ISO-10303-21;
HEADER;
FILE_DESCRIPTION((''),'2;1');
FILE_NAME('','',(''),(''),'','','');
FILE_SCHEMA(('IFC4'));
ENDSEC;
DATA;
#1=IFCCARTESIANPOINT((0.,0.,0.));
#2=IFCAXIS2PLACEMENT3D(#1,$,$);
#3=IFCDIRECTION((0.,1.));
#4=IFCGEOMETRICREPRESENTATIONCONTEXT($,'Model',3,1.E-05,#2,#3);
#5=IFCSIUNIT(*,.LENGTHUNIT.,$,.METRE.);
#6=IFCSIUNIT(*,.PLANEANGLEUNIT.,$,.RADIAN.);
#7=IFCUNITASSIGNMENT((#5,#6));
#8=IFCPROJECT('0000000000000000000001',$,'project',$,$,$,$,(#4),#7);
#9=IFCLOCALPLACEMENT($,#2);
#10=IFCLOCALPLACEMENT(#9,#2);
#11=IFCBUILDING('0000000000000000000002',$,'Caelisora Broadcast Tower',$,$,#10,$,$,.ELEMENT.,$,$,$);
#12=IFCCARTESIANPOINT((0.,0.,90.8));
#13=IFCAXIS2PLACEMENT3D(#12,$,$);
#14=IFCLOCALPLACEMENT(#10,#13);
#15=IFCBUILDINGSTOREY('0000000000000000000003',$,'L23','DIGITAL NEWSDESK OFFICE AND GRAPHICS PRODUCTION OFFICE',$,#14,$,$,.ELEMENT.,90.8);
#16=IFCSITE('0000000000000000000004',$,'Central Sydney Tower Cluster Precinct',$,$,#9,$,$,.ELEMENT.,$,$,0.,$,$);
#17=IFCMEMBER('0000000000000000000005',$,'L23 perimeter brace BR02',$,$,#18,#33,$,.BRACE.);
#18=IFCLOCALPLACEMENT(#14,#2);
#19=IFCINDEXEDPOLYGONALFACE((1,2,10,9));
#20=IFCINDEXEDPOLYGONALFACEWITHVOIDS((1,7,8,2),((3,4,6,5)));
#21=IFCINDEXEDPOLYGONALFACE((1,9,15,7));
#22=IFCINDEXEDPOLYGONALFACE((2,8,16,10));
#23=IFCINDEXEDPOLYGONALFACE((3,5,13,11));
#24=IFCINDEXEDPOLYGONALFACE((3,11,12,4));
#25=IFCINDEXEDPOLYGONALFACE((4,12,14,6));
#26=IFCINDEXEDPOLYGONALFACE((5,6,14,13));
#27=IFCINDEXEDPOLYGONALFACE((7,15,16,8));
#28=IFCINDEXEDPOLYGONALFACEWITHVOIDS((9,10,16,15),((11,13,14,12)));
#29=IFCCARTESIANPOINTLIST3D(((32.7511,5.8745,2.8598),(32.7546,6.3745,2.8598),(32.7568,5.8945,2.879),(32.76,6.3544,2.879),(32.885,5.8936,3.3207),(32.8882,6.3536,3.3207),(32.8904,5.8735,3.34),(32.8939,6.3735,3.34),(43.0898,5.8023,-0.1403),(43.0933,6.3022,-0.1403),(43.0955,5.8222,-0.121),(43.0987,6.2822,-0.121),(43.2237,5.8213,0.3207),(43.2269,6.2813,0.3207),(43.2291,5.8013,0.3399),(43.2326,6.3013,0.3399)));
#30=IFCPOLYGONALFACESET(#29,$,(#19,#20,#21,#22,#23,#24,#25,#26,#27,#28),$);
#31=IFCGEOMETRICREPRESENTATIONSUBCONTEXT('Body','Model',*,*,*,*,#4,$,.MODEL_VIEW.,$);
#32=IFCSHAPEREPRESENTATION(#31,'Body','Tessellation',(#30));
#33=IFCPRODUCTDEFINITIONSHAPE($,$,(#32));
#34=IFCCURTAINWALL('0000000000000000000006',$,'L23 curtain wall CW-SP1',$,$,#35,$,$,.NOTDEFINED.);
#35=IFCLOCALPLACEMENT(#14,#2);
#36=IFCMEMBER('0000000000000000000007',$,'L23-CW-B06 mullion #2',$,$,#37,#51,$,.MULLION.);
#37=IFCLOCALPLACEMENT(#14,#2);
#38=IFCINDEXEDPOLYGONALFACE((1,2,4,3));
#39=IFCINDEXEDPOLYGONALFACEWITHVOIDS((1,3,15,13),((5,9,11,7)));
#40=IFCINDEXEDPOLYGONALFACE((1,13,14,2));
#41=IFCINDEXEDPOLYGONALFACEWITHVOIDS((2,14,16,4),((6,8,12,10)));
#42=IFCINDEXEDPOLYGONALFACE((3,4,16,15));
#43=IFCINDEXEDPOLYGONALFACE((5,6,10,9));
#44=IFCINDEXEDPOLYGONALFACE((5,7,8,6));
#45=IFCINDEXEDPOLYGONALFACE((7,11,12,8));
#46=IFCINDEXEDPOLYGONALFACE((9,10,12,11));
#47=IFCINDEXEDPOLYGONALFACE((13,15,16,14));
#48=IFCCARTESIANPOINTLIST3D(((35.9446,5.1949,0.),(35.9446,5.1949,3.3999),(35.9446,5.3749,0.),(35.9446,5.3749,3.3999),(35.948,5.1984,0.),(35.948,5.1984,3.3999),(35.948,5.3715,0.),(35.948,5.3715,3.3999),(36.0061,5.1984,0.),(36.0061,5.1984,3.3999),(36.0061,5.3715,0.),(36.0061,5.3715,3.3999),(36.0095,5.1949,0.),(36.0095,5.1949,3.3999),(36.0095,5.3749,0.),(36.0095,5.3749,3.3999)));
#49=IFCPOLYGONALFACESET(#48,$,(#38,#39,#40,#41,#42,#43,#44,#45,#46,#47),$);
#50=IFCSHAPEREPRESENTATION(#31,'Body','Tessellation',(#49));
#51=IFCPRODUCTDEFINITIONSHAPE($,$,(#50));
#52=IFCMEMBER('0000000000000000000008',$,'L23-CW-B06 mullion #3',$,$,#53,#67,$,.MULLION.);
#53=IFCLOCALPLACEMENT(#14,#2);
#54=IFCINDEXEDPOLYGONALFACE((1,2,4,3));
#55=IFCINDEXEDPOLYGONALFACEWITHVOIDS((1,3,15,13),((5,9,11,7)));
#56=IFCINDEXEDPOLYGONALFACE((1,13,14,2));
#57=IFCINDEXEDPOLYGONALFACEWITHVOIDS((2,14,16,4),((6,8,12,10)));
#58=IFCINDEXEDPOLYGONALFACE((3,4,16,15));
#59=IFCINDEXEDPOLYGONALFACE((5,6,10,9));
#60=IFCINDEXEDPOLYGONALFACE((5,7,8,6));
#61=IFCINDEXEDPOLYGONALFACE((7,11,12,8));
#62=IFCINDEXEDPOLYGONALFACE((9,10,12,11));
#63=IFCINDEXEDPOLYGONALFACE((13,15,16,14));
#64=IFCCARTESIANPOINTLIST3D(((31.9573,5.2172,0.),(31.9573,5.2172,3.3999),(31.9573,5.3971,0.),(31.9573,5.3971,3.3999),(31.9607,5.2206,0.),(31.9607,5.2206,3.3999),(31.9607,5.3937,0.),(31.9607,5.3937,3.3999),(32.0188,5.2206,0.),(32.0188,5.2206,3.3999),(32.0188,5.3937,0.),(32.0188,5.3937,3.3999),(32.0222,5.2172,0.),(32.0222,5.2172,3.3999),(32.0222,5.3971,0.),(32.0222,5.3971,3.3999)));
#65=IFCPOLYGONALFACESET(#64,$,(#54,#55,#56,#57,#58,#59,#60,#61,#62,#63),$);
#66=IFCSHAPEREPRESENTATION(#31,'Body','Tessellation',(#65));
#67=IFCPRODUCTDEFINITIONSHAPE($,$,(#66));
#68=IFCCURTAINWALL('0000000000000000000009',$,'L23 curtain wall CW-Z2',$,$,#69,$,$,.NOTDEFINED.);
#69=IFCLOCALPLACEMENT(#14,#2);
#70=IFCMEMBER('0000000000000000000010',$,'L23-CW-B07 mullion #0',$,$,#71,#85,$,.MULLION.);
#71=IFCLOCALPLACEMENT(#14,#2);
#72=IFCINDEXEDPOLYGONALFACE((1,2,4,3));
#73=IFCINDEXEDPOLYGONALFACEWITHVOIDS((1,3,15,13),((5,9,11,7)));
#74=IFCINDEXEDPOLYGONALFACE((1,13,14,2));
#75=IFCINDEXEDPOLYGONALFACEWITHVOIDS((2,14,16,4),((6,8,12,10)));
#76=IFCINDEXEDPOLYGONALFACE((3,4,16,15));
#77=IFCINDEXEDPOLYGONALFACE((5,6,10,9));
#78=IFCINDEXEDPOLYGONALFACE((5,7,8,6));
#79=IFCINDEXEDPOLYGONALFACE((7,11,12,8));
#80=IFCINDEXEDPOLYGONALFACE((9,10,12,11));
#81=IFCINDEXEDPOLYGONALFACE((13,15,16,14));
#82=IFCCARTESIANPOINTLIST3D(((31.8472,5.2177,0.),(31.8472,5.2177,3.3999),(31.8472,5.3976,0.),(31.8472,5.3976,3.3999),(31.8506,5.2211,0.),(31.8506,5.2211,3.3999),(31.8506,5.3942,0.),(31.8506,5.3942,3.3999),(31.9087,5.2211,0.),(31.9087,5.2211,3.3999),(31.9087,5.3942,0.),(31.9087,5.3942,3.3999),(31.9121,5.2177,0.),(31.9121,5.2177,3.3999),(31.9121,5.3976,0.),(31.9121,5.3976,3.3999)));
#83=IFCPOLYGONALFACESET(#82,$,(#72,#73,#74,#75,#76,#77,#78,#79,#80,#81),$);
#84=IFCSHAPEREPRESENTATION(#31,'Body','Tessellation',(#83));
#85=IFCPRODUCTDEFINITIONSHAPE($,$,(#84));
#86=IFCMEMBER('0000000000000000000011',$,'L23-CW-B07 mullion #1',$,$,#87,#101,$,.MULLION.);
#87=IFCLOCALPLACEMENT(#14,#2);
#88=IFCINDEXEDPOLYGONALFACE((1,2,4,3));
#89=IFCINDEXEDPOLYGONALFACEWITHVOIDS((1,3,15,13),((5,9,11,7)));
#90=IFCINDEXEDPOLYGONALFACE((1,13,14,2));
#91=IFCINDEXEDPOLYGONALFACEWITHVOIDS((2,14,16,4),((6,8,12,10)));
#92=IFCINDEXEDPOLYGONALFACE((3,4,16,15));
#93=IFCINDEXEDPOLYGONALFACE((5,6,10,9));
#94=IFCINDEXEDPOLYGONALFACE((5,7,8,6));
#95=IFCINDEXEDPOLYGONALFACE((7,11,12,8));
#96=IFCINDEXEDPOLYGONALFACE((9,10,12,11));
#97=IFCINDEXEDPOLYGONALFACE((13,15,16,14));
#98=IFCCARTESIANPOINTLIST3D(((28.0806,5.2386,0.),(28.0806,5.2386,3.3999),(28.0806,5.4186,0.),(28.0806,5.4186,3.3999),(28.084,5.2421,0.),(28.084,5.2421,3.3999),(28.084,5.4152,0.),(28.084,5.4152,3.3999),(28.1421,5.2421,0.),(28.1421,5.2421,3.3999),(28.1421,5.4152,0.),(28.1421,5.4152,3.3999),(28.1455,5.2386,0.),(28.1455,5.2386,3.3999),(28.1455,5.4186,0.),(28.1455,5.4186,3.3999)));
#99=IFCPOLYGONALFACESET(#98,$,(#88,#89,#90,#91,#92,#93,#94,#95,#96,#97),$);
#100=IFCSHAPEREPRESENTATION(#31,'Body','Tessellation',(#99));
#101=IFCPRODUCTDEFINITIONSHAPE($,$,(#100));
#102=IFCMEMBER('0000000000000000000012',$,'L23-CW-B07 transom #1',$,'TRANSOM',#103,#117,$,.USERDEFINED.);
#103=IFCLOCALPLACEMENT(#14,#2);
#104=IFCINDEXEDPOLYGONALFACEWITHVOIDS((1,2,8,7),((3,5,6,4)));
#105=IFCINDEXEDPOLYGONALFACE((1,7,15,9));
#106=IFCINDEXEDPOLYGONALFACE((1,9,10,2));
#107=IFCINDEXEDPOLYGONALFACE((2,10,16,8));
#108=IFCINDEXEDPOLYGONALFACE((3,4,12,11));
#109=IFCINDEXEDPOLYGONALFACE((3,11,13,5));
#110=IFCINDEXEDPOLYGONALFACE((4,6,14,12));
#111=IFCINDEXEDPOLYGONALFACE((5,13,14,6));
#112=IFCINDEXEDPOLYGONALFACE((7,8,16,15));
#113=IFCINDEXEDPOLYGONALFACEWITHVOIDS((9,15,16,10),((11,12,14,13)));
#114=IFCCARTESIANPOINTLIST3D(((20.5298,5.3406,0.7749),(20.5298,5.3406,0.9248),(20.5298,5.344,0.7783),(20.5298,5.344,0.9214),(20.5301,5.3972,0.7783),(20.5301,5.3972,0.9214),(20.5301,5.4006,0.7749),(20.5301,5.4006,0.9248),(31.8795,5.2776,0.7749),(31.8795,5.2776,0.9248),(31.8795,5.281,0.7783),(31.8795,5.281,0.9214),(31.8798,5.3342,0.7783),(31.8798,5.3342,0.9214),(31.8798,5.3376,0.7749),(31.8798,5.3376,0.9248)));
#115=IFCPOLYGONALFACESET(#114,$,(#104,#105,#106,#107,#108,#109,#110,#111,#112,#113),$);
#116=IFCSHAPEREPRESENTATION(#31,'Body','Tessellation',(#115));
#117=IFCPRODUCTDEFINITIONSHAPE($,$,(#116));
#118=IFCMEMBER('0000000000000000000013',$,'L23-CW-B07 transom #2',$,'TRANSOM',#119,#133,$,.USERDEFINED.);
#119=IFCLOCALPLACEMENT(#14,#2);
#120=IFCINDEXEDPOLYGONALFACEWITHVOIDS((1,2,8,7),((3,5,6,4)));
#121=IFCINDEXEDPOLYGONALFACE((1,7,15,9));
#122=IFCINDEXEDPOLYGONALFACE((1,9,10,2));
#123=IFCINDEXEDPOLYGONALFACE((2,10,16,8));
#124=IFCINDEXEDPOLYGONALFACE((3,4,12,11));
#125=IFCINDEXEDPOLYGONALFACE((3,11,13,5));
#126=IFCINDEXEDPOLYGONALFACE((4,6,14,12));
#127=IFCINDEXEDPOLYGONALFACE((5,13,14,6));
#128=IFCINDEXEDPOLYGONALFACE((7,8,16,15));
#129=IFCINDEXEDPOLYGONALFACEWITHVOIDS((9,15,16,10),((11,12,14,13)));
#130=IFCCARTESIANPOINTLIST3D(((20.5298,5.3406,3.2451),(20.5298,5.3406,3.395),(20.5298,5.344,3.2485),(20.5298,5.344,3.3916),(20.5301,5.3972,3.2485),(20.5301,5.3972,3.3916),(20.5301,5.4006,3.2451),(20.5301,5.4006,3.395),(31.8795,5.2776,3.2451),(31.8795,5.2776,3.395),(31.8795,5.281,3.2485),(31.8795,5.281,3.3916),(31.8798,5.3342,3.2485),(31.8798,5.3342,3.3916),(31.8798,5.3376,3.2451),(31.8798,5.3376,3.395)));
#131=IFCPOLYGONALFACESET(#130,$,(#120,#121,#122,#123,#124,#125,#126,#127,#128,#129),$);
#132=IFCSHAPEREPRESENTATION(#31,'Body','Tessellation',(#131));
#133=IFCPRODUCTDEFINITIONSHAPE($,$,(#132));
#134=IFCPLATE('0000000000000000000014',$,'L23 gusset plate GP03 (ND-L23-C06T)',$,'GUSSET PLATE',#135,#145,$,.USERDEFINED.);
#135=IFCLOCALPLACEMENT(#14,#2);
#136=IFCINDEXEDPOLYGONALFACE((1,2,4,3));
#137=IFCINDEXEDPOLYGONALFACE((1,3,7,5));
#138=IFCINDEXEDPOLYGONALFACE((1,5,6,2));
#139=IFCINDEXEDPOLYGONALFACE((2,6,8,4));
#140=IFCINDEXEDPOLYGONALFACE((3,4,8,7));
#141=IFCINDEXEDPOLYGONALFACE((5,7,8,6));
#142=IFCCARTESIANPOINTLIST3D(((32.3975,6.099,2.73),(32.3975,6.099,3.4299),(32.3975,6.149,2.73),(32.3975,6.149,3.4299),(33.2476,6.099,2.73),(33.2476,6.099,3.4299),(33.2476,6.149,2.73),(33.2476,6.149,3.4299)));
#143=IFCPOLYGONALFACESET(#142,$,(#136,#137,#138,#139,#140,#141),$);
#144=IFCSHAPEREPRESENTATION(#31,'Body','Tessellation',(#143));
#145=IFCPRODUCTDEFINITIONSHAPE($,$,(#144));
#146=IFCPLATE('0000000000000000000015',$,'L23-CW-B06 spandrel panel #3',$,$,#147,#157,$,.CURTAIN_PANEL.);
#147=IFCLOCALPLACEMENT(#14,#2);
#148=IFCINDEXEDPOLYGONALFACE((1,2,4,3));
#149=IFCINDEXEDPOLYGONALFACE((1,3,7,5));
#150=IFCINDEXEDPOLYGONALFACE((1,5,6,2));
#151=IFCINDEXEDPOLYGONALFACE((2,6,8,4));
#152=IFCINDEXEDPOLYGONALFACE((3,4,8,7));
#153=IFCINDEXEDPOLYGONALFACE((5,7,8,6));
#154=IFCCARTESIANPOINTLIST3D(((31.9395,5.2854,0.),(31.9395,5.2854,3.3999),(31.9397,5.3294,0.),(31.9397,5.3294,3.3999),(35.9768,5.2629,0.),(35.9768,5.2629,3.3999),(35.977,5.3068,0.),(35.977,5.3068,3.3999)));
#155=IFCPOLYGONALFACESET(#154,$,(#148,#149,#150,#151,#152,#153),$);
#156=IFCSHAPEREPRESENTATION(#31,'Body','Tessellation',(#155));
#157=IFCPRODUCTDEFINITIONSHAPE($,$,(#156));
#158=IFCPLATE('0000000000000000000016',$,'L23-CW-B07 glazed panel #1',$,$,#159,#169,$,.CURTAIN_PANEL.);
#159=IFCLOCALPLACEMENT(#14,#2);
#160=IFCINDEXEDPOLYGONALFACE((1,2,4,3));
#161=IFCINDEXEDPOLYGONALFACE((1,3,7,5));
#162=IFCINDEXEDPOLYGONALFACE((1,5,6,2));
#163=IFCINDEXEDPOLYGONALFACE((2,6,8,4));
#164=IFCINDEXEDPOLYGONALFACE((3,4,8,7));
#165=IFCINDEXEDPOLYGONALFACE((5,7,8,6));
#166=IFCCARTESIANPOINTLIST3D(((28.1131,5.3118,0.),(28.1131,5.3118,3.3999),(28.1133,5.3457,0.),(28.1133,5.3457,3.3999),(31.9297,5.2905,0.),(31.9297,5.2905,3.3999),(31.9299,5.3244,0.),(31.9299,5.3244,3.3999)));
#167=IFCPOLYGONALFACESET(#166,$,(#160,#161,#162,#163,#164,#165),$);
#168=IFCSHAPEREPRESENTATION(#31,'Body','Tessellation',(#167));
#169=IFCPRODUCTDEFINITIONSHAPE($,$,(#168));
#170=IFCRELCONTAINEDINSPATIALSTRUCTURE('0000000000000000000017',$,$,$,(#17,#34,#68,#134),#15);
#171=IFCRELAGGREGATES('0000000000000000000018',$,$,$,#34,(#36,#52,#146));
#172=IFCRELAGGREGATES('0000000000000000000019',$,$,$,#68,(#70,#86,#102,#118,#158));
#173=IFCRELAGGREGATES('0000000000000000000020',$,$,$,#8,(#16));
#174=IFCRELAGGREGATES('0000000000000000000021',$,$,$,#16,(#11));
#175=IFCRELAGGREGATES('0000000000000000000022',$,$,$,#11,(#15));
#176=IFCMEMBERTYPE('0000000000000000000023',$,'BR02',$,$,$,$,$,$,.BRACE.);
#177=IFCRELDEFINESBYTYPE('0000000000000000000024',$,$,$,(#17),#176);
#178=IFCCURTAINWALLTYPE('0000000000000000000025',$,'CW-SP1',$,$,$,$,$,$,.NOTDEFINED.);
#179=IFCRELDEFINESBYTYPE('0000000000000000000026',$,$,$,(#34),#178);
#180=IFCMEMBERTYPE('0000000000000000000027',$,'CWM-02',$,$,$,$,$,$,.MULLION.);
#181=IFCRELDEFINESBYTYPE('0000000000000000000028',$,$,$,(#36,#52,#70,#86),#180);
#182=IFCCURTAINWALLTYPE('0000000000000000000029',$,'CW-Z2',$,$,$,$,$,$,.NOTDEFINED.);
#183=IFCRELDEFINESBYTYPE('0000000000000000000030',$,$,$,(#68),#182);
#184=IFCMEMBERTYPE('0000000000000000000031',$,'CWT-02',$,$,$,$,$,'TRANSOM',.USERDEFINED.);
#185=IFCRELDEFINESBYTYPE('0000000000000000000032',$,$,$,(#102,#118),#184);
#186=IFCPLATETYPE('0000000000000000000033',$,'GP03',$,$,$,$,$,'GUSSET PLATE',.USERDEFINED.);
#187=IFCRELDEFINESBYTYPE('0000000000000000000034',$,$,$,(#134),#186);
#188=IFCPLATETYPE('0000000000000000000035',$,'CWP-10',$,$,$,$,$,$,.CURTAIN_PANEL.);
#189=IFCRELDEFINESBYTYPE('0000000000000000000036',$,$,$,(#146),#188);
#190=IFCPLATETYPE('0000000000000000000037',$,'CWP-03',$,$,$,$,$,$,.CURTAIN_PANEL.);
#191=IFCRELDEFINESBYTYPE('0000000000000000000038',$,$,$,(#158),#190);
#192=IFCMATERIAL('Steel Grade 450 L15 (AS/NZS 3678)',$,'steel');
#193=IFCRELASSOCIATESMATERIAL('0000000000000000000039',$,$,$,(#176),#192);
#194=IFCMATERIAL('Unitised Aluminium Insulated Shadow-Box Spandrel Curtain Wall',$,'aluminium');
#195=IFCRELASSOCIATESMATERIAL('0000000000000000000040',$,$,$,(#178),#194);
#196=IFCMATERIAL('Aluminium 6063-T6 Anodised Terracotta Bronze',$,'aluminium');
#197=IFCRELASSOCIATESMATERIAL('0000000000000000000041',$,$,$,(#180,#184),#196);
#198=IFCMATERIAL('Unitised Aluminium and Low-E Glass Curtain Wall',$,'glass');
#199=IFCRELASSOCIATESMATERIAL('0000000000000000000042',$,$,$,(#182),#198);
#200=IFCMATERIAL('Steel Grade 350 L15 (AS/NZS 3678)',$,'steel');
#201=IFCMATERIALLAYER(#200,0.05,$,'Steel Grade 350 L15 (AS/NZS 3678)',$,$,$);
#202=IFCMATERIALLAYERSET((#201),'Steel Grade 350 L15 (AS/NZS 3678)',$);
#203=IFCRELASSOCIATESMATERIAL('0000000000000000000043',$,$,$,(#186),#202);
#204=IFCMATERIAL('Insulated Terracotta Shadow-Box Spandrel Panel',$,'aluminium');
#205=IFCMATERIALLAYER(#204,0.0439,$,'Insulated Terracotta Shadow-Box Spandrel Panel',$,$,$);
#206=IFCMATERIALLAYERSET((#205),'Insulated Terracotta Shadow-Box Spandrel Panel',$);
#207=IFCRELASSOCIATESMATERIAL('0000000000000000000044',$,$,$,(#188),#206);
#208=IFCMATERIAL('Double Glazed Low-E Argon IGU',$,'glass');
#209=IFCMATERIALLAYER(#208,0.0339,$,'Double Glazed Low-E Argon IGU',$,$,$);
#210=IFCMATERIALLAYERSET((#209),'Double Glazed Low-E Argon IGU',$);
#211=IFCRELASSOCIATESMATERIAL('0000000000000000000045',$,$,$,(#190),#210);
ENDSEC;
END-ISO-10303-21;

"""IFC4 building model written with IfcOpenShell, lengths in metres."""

from ifc_helpers import new_model, si_unit, direction, frame, origin, origin_2d, place, context, subcontext, project, spatial, rectangle, hollow_rectangle, extrude, source, transform, mapped, material, layer, layer_set, material_profile, profile_set, type_object, type_shapes, element, aggregate, save


model = new_model("IFC4")

# Units and contexts
model_context = context("Model", 3, precision=1e-05, world=origin(), true_north=direction((0.0, 1.0)))
body_context = subcontext(model_context, "Body", "Model", "MODEL_VIEW")
ifc_project = project(units=[si_unit("LENGTHUNIT", "METRE"), si_unit("PLANEANGLEUNIT", "RADIAN")], contexts=[model_context])

# Site, building, storey
site_placement = place(None, origin())
site = spatial("IfcSite", under=ifc_project, at=site_placement, Name="Central Sydney Tower Cluster Precinct", CompositionType="ELEMENT", RefElevation=0.0)
building_placement = place(site_placement, origin())
building = spatial("IfcBuilding", under=site, at=building_placement, Name="Caelisora Broadcast Tower", CompositionType="ELEMENT")
storey_placement = place(building_placement, frame((0.0, 0.0, 90.8)))
storey = spatial("IfcBuildingStorey", under=building, at=storey_placement, Name="L23", Description="DIGITAL NEWSDESK OFFICE AND GRAPHICS PRODUCTION OFFICE", CompositionType="ELEMENT", Elevation=90.8)

# Shared definitions
ifc_material_1 = material(Name="Steel Grade 350 L15 (AS/NZS 3678)", Category="steel")

# Member
ifc_material_2 = material(Name="Steel Grade 450 L15 (AS/NZS 3678)", Category="steel")
ifc_material_profile_1 = material_profile(ifc_material_2, hollow_rectangle(XDim=0.5, YDim=0.5, WallThickness=0.02, at=origin_2d()), Name="Steel Grade 450 L15 (AS/NZS 3678)")
ifc_profile_set_1 = profile_set([ifc_material_profile_1], Name="Steel Grade 450 L15 (AS/NZS 3678)")
member_type_1 = type_object("IfcMemberType", Name="BR02", PredefinedType="BRACE", material=ifc_profile_set_1)
shared_shape_1 = source(origin(), body_context, "Body", "SweptSolid", [
    extrude(hollow_rectangle(XDim=0.5, YDim=0.5, WallThickness=0.02, at=origin_2d()), origin(), (0.0, 0.0, 1.0), 10.7654),
])
type_shapes(member_type_1, [shared_shape_1])
member_1_placement = place(storey_placement, frame((32.8225, 6.124, 3.0999), z_axis=(0.960363, -0.006713, -0.278672), x_axis=(0.00699, 0.999976, 0.0)))
element("IfcMember", 1, at=member_1_placement, inside=storey, type_object=member_type_1, Name="L23 perimeter brace BR02", PredefinedType="BRACE", context=body_context, shape_type="MappedRepresentation", body=[
    mapped(shared_shape_1, transform((0.0, 0.0, 0.0), scale=1.0)),
])

# Curtain walls, members
ifc_material_3 = material(Name="Unitised Aluminium Insulated Shadow-Box Spandrel Curtain Wall", Category="aluminium")
curtain_wall_type_1 = type_object("IfcCurtainWallType", Name="CW-SP1", PredefinedType="NOTDEFINED", material=ifc_material_3)
curtain_wall_1_placement = place(storey_placement, origin())
curtain_wall_1 = element("IfcCurtainWall", 2, at=curtain_wall_1_placement, inside=storey, type_object=curtain_wall_type_1, Name="L23 curtain wall CW-SP1", PredefinedType="NOTDEFINED")
ifc_material_4 = material(Name="Aluminium 6063-T6 Anodised Terracotta Bronze", Category="aluminium")
ifc_material_profile_2 = material_profile(ifc_material_4, hollow_rectangle(XDim=0.0649, YDim=0.1799, WallThickness=0.0034, at=origin_2d()), Name="Aluminium 6063-T6 Anodised Terracotta Bronze")
ifc_profile_set_2 = profile_set([ifc_material_profile_2], Name="Aluminium 6063-T6 Anodised Terracotta Bronze")
member_type_2 = type_object("IfcMemberType", Name="CWM-02", PredefinedType="MULLION", material=ifc_profile_set_2)
shared_shape_2 = source(origin(), body_context, "Body", "SweptSolid", [
    extrude(hollow_rectangle(XDim=0.0649, YDim=0.1799, WallThickness=0.0034, at=origin_2d()), origin(), (0.0, 0.0, 1.0), 3.3999),
])
type_shapes(member_type_2, [shared_shape_2])
member_2_placement = place(storey_placement, frame((35.9771, 5.2849, 0.0), z_axis=(0.0, 0.0, 1.0), x_axis=(1.0, 0.0, 0.0)))
member_2 = element("IfcMember", 3, at=member_2_placement, type_object=member_type_2, Name="L23-CW-B06 mullion #2", PredefinedType="MULLION", context=body_context, shape_type="MappedRepresentation", body=[
    mapped(shared_shape_2, transform((0.0, 0.0, 0.0), scale=1.0)),
])
member_3_placement = place(storey_placement, frame((31.9897, 5.3071, 0.0), z_axis=(0.0, 0.0, 1.0), x_axis=(1.0, 0.0, 0.0)))
member_3 = element("IfcMember", 4, at=member_3_placement, type_object=member_type_2, Name="L23-CW-B06 mullion #3", PredefinedType="MULLION", context=body_context, shape_type="MappedRepresentation", body=[
    mapped(shared_shape_2, transform((0.0, 0.0, 0.0), scale=1.0)),
])
ifc_material_5 = material(Name="Unitised Aluminium and Low-E Glass Curtain Wall", Category="glass")
curtain_wall_type_2 = type_object("IfcCurtainWallType", Name="CW-Z2", PredefinedType="NOTDEFINED", material=ifc_material_5)
curtain_wall_2_placement = place(storey_placement, origin())
curtain_wall_2 = element("IfcCurtainWall", 5, at=curtain_wall_2_placement, inside=storey, type_object=curtain_wall_type_2, Name="L23 curtain wall CW-Z2", PredefinedType="NOTDEFINED")
member_4_placement = place(storey_placement, frame((31.8796, 5.3076, 0.0), z_axis=(0.0, 0.0, 1.0), x_axis=(1.0, 0.0, 0.0)))
member_4 = element("IfcMember", 6, at=member_4_placement, type_object=member_type_2, Name="L23-CW-B07 mullion #0", PredefinedType="MULLION", context=body_context, shape_type="MappedRepresentation", body=[
    mapped(shared_shape_2, transform((0.0, 0.0, 0.0), scale=1.0)),
])
member_5_placement = place(storey_placement, frame((28.113, 5.3286, 0.0), z_axis=(0.0, 0.0, 1.0), x_axis=(1.0, 0.0, 0.0)))
member_5 = element("IfcMember", 7, at=member_5_placement, type_object=member_type_2, Name="L23-CW-B07 mullion #1", PredefinedType="MULLION", context=body_context, shape_type="MappedRepresentation", body=[
    mapped(shared_shape_2, transform((0.0, 0.0, 0.0), scale=1.0)),
])
ifc_material_profile_3 = material_profile(ifc_material_4, hollow_rectangle(XDim=0.0601, YDim=0.1499, WallThickness=0.0034, at=origin_2d()), Name="Aluminium 6063-T6 Anodised Terracotta Bronze")
ifc_profile_set_3 = profile_set([ifc_material_profile_3], Name="Aluminium 6063-T6 Anodised Terracotta Bronze")
member_type_3 = type_object("IfcMemberType", Name="CWT-02", ElementType="TRANSOM", PredefinedType="USERDEFINED", material=ifc_profile_set_3)
shared_shape_3 = source(origin(), body_context, "Body", "SweptSolid", [
    extrude(hollow_rectangle(XDim=0.0601, YDim=0.1499, WallThickness=0.0034, at=origin_2d()), origin(), (0.0, 0.0, 1.0), 11.3499),
])
type_shapes(member_type_3, [shared_shape_3])
member_6_placement = place(storey_placement, frame((31.8796, 5.3076, 0.8499), z_axis=(-0.999985, 0.00555, 0.0), x_axis=(-0.00555, -0.999985, 0.0)))
member_6 = element("IfcMember", 8, at=member_6_placement, type_object=member_type_3, Name="L23-CW-B07 transom #1", ObjectType="TRANSOM", PredefinedType="USERDEFINED", context=body_context, shape_type="MappedRepresentation", body=[
    mapped(shared_shape_3, transform((0.0, 0.0, 0.0), scale=1.0)),
])
member_7_placement = place(storey_placement, frame((31.8796, 5.3076, 3.3201), z_axis=(-0.999985, 0.00555, 0.0), x_axis=(-0.00555, -0.999985, 0.0)))
member_7 = element("IfcMember", 9, at=member_7_placement, type_object=member_type_3, Name="L23-CW-B07 transom #2", ObjectType="TRANSOM", PredefinedType="USERDEFINED", context=body_context, shape_type="MappedRepresentation", body=[
    mapped(shared_shape_3, transform((0.0, 0.0, 0.0), scale=1.0)),
])

# Plates
ifc_layer_1 = layer(ifc_material_1, 0.05, Name="Steel Grade 350 L15 (AS/NZS 3678)")
ifc_layer_set_1 = layer_set([ifc_layer_1], Name="Steel Grade 350 L15 (AS/NZS 3678)")
plate_type_1 = type_object("IfcPlateType", Name="GP03", ElementType="GUSSET PLATE", PredefinedType="USERDEFINED", material=ifc_layer_set_1)
shared_shape_4 = source(origin(), body_context, "Body", "SweptSolid", [
    extrude(rectangle(XDim=0.8501, YDim=0.05, at=origin_2d()), origin(), (0.0, 0.0, 1.0), 0.7),
])
type_shapes(plate_type_1, [shared_shape_4])
plate_1_placement = place(storey_placement, frame((32.8225, 6.124, 2.73), z_axis=(0.0, 0.0, 1.0), x_axis=(1.0, 0.0, 0.0)))
element("IfcPlate", 10, at=plate_1_placement, inside=storey, type_object=plate_type_1, Name="L23 gusset plate GP03 (ND-L23-C06T)", ObjectType="GUSSET PLATE", PredefinedType="USERDEFINED", context=body_context, shape_type="MappedRepresentation", body=[
    mapped(shared_shape_4, transform((0.0, 0.0, 0.0), scale=1.0)),
])
ifc_material_6 = material(Name="Insulated Terracotta Shadow-Box Spandrel Panel", Category="aluminium")
ifc_layer_2 = layer(ifc_material_6, 0.0439, Name="Insulated Terracotta Shadow-Box Spandrel Panel")
ifc_layer_set_2 = layer_set([ifc_layer_2], Name="Insulated Terracotta Shadow-Box Spandrel Panel")
plate_type_2 = type_object("IfcPlateType", Name="CWP-10", PredefinedType="CURTAIN_PANEL", material=ifc_layer_set_2)
shared_shape_5 = source(origin(), body_context, "Body", "SweptSolid", [
    extrude(rectangle(XDim=4.0374, YDim=0.0439, at=origin_2d()), origin(), (0.0, 0.0, 1.0), 3.3999),
])
type_shapes(plate_type_2, [shared_shape_5])
plate_2_placement = place(storey_placement, frame((33.9583, 5.2961, 0.0), z_axis=(0.0, 0.0, 1.0), x_axis=(-0.999984, 0.005585, 0.0)))
plate_2 = element("IfcPlate", 11, at=plate_2_placement, type_object=plate_type_2, Name="L23-CW-B06 spandrel panel #3", PredefinedType="CURTAIN_PANEL", context=body_context, shape_type="MappedRepresentation", body=[
    mapped(shared_shape_5, transform((0.0, 0.0, 0.0), scale=1.0)),
])
aggregate(curtain_wall_1, [member_2, member_3, plate_2])
ifc_material_7 = material(Name="Double Glazed Low-E Argon IGU", Category="glass")
ifc_layer_3 = layer(ifc_material_7, 0.0339, Name="Double Glazed Low-E Argon IGU")
ifc_layer_set_3 = layer_set([ifc_layer_3], Name="Double Glazed Low-E Argon IGU")
plate_type_3 = type_object("IfcPlateType", Name="CWP-03", PredefinedType="CURTAIN_PANEL", material=ifc_layer_set_3)
shared_shape_6 = source(origin(), body_context, "Body", "SweptSolid", [
    extrude(rectangle(XDim=3.8167, YDim=0.0339, at=origin_2d()), origin(), (0.0, 0.0, 1.0), 3.3999),
])
type_shapes(plate_type_3, [shared_shape_6])
plate_3_placement = place(storey_placement, frame((30.0215, 5.3181, 0.0), z_axis=(0.0, 0.0, 1.0), x_axis=(-0.999984, 0.005585, 0.0)))
plate_3 = element("IfcPlate", 12, at=plate_3_placement, type_object=plate_type_3, Name="L23-CW-B07 glazed panel #1", PredefinedType="CURTAIN_PANEL", context=body_context, shape_type="MappedRepresentation", body=[
    mapped(shared_shape_6, transform((0.0, 0.0, 0.0), scale=1.0)),
])
aggregate(curtain_wall_2, [member_4, member_5, member_6, member_7, plate_3])

save(model, "model.ifc")
